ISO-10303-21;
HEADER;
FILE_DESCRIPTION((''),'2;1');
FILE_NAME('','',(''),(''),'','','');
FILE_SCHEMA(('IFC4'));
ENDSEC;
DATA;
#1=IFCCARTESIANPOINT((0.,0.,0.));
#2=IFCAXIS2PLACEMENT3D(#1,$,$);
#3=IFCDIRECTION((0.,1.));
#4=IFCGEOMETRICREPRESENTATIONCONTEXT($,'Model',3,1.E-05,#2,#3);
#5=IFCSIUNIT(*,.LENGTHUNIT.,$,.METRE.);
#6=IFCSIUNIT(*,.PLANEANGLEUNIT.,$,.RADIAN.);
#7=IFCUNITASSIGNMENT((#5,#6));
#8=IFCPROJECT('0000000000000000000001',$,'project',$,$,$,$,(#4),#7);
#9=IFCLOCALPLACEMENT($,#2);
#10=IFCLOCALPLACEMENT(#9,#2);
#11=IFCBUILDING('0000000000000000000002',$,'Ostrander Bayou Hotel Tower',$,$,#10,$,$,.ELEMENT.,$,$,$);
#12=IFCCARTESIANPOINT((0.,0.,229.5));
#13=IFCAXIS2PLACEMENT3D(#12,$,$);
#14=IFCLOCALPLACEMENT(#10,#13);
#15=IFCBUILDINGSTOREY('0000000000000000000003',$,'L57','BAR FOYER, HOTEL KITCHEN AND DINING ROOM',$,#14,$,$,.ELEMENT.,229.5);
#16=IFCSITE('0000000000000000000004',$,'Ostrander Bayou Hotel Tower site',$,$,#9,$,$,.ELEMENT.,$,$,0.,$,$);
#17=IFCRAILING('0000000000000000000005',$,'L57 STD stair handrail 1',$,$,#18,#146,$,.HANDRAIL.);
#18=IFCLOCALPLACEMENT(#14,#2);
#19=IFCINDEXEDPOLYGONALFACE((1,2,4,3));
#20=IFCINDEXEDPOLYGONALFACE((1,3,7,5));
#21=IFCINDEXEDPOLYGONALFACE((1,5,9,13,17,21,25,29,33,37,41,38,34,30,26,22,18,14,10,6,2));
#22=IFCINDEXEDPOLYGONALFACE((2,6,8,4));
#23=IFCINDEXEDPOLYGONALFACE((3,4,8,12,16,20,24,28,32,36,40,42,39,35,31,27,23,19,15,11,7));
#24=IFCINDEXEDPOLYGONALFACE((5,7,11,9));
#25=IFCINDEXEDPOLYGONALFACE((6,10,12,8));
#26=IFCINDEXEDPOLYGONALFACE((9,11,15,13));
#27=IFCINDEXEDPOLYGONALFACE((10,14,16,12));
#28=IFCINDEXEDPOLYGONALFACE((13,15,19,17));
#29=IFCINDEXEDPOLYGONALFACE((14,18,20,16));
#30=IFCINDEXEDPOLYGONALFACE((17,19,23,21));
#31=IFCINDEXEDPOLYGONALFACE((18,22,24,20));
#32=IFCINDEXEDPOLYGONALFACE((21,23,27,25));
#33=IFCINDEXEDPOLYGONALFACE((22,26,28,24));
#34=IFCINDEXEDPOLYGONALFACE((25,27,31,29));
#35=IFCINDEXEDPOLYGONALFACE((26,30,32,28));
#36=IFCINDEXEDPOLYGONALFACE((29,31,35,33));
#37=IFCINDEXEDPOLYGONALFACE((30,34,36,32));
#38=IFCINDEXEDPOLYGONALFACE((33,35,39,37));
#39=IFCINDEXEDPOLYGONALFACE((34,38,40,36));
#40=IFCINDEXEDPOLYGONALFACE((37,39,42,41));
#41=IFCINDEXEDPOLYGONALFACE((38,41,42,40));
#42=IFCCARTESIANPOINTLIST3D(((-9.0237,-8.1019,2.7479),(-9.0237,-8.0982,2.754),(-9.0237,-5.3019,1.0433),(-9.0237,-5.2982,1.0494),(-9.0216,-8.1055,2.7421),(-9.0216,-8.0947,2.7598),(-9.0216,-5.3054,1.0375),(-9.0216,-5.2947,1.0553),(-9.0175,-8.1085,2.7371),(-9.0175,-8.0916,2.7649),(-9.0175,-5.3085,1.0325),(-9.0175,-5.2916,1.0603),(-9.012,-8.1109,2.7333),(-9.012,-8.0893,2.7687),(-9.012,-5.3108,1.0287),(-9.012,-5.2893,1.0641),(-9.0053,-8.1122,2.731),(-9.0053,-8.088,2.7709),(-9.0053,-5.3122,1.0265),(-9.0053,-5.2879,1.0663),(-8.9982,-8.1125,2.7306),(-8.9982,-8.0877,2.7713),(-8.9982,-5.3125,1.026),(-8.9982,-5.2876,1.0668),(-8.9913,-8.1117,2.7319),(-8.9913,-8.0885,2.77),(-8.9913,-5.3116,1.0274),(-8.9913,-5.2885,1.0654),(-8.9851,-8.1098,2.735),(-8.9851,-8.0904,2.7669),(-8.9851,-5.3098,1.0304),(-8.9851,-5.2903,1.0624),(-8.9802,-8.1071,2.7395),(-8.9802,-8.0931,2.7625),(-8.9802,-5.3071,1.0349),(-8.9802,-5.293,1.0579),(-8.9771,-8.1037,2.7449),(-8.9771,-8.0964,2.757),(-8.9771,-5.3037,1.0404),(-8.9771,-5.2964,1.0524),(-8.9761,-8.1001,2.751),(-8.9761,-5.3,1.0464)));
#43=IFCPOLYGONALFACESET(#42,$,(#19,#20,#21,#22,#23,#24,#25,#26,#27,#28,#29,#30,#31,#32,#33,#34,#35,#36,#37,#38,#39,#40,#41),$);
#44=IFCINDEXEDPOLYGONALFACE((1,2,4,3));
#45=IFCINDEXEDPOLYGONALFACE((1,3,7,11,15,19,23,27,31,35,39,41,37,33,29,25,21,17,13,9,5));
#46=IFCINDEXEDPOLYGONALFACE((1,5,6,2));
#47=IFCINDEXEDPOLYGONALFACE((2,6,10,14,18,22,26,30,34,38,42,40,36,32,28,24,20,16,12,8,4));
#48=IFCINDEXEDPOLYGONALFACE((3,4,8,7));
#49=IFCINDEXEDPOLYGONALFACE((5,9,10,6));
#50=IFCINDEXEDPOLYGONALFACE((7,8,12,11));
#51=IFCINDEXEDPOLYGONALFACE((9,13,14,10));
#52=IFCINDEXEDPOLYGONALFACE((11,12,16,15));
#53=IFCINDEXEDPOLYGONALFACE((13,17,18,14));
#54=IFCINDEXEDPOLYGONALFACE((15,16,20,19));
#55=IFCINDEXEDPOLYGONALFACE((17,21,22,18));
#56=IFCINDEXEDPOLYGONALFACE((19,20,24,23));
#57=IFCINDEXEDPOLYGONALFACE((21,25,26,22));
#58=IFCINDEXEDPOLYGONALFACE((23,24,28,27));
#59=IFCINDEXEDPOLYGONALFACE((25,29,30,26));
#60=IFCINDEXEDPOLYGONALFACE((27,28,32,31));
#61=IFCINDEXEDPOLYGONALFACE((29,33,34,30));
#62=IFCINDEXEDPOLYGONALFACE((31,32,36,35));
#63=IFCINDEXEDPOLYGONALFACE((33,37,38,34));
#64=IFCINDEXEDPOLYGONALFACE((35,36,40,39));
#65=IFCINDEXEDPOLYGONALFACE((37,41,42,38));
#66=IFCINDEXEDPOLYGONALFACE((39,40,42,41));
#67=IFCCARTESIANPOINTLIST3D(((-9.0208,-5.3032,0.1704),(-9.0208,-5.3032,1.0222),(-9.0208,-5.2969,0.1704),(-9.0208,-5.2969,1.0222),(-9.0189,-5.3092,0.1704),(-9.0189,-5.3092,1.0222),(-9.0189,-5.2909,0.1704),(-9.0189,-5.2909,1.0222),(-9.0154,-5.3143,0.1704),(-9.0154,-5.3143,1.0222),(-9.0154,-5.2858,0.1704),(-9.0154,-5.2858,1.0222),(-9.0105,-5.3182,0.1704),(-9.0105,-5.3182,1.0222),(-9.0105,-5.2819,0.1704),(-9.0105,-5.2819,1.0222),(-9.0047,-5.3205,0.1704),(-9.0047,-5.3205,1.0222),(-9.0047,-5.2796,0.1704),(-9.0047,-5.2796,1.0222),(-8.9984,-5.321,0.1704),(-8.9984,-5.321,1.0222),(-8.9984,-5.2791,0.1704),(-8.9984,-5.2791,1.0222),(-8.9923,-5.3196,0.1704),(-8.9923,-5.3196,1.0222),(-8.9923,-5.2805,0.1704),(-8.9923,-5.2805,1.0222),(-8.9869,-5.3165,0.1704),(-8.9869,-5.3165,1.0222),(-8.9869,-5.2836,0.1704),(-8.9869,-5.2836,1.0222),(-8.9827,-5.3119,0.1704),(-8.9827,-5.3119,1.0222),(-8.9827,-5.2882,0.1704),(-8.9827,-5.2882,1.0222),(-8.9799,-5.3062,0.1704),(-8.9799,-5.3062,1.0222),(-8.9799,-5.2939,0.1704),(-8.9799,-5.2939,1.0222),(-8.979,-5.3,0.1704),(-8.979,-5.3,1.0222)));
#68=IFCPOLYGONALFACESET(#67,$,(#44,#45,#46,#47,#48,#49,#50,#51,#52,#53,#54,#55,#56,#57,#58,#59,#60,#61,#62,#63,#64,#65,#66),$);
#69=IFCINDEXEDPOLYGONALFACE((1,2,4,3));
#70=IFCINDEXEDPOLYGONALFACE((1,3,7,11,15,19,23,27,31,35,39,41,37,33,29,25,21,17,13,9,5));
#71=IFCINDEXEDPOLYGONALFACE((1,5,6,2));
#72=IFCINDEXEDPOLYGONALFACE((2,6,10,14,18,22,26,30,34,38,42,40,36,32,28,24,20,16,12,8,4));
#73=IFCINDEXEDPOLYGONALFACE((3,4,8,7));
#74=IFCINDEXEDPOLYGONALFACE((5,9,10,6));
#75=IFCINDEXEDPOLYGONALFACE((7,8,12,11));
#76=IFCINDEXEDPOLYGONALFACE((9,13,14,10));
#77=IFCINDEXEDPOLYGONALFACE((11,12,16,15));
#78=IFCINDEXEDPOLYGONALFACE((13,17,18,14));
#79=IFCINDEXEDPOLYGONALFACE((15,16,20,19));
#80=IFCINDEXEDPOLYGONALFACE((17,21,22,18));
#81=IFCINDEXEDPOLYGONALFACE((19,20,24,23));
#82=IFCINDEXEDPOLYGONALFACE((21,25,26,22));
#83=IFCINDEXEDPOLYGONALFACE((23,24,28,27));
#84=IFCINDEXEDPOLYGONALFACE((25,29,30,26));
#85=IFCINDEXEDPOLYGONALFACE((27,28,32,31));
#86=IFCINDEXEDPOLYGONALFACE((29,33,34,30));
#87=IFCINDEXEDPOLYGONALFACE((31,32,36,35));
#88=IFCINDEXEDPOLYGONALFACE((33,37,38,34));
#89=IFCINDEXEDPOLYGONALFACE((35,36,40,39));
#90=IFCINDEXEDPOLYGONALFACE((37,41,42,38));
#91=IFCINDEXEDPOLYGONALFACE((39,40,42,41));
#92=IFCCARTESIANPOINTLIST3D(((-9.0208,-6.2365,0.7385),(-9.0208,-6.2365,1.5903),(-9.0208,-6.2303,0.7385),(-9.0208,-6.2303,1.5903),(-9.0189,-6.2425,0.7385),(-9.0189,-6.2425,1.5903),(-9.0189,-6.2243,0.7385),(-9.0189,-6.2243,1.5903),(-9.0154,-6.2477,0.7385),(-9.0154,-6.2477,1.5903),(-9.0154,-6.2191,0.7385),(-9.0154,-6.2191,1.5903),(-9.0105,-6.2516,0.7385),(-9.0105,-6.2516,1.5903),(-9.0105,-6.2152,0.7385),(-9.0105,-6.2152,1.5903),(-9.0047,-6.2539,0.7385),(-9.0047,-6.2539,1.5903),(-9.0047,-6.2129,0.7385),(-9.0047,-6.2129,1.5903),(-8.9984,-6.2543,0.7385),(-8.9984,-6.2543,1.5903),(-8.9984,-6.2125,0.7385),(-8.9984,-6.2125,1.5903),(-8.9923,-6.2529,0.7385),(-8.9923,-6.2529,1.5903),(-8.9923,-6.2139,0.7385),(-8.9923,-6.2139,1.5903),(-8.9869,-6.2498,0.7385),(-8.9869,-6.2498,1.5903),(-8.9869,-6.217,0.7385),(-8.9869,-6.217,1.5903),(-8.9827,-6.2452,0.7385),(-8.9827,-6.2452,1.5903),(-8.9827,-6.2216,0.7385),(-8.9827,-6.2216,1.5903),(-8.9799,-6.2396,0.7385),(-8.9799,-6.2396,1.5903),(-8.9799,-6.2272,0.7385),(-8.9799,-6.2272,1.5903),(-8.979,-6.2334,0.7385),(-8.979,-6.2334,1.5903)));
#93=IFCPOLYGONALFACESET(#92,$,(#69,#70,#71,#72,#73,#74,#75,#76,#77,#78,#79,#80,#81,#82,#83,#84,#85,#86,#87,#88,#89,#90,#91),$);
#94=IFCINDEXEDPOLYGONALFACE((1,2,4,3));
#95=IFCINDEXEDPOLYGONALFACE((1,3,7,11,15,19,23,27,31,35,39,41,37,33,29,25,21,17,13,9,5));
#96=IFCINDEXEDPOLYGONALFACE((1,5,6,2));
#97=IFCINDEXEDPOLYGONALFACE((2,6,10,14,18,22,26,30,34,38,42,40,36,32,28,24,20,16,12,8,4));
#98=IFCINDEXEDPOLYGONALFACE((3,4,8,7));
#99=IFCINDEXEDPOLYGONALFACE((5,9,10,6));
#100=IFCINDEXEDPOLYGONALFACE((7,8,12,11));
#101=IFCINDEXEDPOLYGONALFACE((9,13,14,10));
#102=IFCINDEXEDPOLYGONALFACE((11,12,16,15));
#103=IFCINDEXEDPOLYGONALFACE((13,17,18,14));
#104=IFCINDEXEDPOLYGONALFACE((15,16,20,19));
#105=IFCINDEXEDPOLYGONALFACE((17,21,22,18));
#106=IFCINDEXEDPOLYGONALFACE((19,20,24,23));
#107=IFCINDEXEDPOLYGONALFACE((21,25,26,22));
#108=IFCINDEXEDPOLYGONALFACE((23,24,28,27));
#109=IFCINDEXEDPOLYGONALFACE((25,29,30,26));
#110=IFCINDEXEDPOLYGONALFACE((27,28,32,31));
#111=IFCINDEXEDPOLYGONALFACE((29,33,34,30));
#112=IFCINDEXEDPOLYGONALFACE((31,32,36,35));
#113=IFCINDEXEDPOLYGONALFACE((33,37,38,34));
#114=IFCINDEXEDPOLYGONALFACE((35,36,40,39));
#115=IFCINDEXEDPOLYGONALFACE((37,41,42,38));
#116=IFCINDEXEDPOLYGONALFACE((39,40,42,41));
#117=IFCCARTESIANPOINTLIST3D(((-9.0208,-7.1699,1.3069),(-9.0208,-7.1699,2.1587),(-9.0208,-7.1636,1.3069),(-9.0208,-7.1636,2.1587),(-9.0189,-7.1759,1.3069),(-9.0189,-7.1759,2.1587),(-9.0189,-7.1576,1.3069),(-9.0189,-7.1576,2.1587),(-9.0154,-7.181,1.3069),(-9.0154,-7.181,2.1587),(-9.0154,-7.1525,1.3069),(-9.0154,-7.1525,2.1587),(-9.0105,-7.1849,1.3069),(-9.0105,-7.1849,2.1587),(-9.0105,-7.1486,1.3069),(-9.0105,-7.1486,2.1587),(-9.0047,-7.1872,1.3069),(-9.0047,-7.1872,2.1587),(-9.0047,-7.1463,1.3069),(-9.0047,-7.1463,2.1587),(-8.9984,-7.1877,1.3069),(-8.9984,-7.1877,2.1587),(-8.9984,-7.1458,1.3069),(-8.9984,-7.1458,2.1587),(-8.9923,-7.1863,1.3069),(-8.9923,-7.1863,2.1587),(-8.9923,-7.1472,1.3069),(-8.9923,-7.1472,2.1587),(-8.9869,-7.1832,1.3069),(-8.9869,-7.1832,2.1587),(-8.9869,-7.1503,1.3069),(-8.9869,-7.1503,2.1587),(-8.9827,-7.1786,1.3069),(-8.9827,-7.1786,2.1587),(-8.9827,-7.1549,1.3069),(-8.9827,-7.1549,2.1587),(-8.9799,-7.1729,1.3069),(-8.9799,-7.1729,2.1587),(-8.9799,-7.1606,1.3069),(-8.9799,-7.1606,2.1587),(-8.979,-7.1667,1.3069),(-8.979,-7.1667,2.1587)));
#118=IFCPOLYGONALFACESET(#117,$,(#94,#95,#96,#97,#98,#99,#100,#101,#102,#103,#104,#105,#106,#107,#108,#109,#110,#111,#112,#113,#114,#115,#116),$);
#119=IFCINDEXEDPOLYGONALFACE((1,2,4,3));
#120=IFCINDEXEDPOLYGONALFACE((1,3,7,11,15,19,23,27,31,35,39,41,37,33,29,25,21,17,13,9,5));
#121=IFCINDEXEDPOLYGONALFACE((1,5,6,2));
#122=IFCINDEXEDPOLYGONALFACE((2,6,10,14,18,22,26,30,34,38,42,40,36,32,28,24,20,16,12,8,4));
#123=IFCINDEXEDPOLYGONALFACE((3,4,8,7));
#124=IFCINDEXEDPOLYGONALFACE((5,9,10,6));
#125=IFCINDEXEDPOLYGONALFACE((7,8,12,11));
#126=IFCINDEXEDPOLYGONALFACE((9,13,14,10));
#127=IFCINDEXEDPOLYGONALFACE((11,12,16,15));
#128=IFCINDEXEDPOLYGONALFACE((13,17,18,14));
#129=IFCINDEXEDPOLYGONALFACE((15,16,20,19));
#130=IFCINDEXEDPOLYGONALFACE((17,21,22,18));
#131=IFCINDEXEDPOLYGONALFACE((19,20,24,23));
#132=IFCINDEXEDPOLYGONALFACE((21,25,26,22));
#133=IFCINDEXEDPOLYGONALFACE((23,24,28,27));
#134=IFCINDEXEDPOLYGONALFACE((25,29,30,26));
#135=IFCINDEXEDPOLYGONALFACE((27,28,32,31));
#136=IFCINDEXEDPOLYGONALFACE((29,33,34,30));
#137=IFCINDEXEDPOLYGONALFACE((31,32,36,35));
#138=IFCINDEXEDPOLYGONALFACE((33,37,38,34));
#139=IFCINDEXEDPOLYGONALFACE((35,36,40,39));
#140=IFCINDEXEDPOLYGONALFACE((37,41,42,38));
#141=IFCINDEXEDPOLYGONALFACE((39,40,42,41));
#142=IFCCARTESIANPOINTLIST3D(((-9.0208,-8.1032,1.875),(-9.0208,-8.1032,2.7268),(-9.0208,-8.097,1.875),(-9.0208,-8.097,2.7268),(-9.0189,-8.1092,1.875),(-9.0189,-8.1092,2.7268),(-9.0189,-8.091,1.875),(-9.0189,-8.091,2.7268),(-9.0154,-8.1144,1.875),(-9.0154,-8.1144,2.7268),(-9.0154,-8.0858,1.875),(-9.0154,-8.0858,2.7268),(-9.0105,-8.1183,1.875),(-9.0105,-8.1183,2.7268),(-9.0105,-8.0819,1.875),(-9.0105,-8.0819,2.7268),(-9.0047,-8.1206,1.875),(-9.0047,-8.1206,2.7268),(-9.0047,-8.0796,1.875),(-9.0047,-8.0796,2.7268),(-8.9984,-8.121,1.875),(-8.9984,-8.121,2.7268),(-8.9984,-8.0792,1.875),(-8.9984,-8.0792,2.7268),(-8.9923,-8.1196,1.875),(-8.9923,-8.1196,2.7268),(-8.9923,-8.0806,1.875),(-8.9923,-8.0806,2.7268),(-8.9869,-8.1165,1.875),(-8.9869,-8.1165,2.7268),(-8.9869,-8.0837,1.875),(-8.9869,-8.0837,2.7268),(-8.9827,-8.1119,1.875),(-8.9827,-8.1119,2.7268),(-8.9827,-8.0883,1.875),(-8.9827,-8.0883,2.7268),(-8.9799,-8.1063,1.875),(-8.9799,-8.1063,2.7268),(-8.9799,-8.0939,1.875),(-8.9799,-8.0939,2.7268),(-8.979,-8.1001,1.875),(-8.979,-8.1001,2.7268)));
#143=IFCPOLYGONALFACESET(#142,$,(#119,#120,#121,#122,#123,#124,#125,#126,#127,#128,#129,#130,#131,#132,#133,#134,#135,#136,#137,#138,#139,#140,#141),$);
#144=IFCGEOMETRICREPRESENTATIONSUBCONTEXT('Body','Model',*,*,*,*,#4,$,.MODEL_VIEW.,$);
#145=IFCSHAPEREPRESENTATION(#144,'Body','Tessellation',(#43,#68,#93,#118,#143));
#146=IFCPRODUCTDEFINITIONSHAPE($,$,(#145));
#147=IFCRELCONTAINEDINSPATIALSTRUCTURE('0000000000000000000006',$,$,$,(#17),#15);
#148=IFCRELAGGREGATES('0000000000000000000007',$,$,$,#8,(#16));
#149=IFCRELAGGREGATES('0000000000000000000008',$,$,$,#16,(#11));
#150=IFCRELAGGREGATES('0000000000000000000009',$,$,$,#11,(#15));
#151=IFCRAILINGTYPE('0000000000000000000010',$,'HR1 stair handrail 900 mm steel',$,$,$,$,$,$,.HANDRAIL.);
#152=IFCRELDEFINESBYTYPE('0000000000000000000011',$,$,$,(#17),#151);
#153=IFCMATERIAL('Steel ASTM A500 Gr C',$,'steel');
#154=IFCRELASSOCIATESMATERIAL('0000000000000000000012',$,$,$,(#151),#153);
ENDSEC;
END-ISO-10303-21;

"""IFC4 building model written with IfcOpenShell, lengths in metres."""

from ifc_helpers import new_model, si_unit, direction, frame, origin, origin_2d, place, context, subcontext, project, spatial, circle, extrude, material, type_object, element, save


model = new_model("IFC4")

# Units and contexts
model_context = context("Model", 3, precision=1e-05, world=origin(), true_north=direction((0.0, 1.0)))
body_context = subcontext(model_context, "Body", "Model", "MODEL_VIEW")
ifc_project = project(units=[si_unit("LENGTHUNIT", "METRE"), si_unit("PLANEANGLEUNIT", "RADIAN")], contexts=[model_context])

# Site, building, storey
site_placement = place(None, origin())
site = spatial("IfcSite", under=ifc_project, at=site_placement, Name="Ostrander Bayou Hotel Tower site", CompositionType="ELEMENT", RefElevation=0.0)
building_placement = place(site_placement, origin())
building = spatial("IfcBuilding", under=site, at=building_placement, Name="Ostrander Bayou Hotel Tower", CompositionType="ELEMENT")
storey_placement = place(building_placement, frame((0.0, 0.0, 229.5)))
storey = spatial("IfcBuildingStorey", under=building, at=storey_placement, Name="L57", Description="BAR FOYER, HOTEL KITCHEN AND DINING ROOM", CompositionType="ELEMENT", Elevation=229.5)

# Railing
ifc_material_1 = material(Name="Steel ASTM A500 Gr C", Category="steel")
railing_type_1 = type_object("IfcRailingType", Name="HR1 stair handrail 900 mm steel", PredefinedType="HANDRAIL", material=ifc_material_1)
railing_1_placement = place(storey_placement, frame((-9.0, -5.3, 0.1704)))
element("IfcRailing", 1, at=railing_1_placement, inside=storey, type_object=railing_type_1, Name="L57 STD stair handrail 1", PredefinedType="HANDRAIL", context=body_context, shape_type="SweptSolid", body=[
    extrude(circle(Radius=0.0239, at=origin_2d()), frame((0.0, 0.0, 0.876), z_axis=(0.0, -0.85417, 0.519994), x_axis=(1.0, 0.0, 0.0)), (0.0, 0.0, 1.0), 3.2781),
    extrude(circle(Radius=0.021, at=origin_2d()), origin(), (0.0, 0.0, 1.0), 0.8518),
    extrude(circle(Radius=0.021, at=origin_2d()), frame((0.0, -0.9333, 0.5681)), (0.0, 0.0, 1.0), 0.8518),
    extrude(circle(Radius=0.021, at=origin_2d()), frame((0.0, -1.8667, 1.1365)), (0.0, 0.0, 1.0), 0.8518),
    extrude(circle(Radius=0.021, at=origin_2d()), frame((0.0, -2.8, 1.7046)), (0.0, 0.0, 1.0), 0.8518),
])

save(model, "model.ifc")
